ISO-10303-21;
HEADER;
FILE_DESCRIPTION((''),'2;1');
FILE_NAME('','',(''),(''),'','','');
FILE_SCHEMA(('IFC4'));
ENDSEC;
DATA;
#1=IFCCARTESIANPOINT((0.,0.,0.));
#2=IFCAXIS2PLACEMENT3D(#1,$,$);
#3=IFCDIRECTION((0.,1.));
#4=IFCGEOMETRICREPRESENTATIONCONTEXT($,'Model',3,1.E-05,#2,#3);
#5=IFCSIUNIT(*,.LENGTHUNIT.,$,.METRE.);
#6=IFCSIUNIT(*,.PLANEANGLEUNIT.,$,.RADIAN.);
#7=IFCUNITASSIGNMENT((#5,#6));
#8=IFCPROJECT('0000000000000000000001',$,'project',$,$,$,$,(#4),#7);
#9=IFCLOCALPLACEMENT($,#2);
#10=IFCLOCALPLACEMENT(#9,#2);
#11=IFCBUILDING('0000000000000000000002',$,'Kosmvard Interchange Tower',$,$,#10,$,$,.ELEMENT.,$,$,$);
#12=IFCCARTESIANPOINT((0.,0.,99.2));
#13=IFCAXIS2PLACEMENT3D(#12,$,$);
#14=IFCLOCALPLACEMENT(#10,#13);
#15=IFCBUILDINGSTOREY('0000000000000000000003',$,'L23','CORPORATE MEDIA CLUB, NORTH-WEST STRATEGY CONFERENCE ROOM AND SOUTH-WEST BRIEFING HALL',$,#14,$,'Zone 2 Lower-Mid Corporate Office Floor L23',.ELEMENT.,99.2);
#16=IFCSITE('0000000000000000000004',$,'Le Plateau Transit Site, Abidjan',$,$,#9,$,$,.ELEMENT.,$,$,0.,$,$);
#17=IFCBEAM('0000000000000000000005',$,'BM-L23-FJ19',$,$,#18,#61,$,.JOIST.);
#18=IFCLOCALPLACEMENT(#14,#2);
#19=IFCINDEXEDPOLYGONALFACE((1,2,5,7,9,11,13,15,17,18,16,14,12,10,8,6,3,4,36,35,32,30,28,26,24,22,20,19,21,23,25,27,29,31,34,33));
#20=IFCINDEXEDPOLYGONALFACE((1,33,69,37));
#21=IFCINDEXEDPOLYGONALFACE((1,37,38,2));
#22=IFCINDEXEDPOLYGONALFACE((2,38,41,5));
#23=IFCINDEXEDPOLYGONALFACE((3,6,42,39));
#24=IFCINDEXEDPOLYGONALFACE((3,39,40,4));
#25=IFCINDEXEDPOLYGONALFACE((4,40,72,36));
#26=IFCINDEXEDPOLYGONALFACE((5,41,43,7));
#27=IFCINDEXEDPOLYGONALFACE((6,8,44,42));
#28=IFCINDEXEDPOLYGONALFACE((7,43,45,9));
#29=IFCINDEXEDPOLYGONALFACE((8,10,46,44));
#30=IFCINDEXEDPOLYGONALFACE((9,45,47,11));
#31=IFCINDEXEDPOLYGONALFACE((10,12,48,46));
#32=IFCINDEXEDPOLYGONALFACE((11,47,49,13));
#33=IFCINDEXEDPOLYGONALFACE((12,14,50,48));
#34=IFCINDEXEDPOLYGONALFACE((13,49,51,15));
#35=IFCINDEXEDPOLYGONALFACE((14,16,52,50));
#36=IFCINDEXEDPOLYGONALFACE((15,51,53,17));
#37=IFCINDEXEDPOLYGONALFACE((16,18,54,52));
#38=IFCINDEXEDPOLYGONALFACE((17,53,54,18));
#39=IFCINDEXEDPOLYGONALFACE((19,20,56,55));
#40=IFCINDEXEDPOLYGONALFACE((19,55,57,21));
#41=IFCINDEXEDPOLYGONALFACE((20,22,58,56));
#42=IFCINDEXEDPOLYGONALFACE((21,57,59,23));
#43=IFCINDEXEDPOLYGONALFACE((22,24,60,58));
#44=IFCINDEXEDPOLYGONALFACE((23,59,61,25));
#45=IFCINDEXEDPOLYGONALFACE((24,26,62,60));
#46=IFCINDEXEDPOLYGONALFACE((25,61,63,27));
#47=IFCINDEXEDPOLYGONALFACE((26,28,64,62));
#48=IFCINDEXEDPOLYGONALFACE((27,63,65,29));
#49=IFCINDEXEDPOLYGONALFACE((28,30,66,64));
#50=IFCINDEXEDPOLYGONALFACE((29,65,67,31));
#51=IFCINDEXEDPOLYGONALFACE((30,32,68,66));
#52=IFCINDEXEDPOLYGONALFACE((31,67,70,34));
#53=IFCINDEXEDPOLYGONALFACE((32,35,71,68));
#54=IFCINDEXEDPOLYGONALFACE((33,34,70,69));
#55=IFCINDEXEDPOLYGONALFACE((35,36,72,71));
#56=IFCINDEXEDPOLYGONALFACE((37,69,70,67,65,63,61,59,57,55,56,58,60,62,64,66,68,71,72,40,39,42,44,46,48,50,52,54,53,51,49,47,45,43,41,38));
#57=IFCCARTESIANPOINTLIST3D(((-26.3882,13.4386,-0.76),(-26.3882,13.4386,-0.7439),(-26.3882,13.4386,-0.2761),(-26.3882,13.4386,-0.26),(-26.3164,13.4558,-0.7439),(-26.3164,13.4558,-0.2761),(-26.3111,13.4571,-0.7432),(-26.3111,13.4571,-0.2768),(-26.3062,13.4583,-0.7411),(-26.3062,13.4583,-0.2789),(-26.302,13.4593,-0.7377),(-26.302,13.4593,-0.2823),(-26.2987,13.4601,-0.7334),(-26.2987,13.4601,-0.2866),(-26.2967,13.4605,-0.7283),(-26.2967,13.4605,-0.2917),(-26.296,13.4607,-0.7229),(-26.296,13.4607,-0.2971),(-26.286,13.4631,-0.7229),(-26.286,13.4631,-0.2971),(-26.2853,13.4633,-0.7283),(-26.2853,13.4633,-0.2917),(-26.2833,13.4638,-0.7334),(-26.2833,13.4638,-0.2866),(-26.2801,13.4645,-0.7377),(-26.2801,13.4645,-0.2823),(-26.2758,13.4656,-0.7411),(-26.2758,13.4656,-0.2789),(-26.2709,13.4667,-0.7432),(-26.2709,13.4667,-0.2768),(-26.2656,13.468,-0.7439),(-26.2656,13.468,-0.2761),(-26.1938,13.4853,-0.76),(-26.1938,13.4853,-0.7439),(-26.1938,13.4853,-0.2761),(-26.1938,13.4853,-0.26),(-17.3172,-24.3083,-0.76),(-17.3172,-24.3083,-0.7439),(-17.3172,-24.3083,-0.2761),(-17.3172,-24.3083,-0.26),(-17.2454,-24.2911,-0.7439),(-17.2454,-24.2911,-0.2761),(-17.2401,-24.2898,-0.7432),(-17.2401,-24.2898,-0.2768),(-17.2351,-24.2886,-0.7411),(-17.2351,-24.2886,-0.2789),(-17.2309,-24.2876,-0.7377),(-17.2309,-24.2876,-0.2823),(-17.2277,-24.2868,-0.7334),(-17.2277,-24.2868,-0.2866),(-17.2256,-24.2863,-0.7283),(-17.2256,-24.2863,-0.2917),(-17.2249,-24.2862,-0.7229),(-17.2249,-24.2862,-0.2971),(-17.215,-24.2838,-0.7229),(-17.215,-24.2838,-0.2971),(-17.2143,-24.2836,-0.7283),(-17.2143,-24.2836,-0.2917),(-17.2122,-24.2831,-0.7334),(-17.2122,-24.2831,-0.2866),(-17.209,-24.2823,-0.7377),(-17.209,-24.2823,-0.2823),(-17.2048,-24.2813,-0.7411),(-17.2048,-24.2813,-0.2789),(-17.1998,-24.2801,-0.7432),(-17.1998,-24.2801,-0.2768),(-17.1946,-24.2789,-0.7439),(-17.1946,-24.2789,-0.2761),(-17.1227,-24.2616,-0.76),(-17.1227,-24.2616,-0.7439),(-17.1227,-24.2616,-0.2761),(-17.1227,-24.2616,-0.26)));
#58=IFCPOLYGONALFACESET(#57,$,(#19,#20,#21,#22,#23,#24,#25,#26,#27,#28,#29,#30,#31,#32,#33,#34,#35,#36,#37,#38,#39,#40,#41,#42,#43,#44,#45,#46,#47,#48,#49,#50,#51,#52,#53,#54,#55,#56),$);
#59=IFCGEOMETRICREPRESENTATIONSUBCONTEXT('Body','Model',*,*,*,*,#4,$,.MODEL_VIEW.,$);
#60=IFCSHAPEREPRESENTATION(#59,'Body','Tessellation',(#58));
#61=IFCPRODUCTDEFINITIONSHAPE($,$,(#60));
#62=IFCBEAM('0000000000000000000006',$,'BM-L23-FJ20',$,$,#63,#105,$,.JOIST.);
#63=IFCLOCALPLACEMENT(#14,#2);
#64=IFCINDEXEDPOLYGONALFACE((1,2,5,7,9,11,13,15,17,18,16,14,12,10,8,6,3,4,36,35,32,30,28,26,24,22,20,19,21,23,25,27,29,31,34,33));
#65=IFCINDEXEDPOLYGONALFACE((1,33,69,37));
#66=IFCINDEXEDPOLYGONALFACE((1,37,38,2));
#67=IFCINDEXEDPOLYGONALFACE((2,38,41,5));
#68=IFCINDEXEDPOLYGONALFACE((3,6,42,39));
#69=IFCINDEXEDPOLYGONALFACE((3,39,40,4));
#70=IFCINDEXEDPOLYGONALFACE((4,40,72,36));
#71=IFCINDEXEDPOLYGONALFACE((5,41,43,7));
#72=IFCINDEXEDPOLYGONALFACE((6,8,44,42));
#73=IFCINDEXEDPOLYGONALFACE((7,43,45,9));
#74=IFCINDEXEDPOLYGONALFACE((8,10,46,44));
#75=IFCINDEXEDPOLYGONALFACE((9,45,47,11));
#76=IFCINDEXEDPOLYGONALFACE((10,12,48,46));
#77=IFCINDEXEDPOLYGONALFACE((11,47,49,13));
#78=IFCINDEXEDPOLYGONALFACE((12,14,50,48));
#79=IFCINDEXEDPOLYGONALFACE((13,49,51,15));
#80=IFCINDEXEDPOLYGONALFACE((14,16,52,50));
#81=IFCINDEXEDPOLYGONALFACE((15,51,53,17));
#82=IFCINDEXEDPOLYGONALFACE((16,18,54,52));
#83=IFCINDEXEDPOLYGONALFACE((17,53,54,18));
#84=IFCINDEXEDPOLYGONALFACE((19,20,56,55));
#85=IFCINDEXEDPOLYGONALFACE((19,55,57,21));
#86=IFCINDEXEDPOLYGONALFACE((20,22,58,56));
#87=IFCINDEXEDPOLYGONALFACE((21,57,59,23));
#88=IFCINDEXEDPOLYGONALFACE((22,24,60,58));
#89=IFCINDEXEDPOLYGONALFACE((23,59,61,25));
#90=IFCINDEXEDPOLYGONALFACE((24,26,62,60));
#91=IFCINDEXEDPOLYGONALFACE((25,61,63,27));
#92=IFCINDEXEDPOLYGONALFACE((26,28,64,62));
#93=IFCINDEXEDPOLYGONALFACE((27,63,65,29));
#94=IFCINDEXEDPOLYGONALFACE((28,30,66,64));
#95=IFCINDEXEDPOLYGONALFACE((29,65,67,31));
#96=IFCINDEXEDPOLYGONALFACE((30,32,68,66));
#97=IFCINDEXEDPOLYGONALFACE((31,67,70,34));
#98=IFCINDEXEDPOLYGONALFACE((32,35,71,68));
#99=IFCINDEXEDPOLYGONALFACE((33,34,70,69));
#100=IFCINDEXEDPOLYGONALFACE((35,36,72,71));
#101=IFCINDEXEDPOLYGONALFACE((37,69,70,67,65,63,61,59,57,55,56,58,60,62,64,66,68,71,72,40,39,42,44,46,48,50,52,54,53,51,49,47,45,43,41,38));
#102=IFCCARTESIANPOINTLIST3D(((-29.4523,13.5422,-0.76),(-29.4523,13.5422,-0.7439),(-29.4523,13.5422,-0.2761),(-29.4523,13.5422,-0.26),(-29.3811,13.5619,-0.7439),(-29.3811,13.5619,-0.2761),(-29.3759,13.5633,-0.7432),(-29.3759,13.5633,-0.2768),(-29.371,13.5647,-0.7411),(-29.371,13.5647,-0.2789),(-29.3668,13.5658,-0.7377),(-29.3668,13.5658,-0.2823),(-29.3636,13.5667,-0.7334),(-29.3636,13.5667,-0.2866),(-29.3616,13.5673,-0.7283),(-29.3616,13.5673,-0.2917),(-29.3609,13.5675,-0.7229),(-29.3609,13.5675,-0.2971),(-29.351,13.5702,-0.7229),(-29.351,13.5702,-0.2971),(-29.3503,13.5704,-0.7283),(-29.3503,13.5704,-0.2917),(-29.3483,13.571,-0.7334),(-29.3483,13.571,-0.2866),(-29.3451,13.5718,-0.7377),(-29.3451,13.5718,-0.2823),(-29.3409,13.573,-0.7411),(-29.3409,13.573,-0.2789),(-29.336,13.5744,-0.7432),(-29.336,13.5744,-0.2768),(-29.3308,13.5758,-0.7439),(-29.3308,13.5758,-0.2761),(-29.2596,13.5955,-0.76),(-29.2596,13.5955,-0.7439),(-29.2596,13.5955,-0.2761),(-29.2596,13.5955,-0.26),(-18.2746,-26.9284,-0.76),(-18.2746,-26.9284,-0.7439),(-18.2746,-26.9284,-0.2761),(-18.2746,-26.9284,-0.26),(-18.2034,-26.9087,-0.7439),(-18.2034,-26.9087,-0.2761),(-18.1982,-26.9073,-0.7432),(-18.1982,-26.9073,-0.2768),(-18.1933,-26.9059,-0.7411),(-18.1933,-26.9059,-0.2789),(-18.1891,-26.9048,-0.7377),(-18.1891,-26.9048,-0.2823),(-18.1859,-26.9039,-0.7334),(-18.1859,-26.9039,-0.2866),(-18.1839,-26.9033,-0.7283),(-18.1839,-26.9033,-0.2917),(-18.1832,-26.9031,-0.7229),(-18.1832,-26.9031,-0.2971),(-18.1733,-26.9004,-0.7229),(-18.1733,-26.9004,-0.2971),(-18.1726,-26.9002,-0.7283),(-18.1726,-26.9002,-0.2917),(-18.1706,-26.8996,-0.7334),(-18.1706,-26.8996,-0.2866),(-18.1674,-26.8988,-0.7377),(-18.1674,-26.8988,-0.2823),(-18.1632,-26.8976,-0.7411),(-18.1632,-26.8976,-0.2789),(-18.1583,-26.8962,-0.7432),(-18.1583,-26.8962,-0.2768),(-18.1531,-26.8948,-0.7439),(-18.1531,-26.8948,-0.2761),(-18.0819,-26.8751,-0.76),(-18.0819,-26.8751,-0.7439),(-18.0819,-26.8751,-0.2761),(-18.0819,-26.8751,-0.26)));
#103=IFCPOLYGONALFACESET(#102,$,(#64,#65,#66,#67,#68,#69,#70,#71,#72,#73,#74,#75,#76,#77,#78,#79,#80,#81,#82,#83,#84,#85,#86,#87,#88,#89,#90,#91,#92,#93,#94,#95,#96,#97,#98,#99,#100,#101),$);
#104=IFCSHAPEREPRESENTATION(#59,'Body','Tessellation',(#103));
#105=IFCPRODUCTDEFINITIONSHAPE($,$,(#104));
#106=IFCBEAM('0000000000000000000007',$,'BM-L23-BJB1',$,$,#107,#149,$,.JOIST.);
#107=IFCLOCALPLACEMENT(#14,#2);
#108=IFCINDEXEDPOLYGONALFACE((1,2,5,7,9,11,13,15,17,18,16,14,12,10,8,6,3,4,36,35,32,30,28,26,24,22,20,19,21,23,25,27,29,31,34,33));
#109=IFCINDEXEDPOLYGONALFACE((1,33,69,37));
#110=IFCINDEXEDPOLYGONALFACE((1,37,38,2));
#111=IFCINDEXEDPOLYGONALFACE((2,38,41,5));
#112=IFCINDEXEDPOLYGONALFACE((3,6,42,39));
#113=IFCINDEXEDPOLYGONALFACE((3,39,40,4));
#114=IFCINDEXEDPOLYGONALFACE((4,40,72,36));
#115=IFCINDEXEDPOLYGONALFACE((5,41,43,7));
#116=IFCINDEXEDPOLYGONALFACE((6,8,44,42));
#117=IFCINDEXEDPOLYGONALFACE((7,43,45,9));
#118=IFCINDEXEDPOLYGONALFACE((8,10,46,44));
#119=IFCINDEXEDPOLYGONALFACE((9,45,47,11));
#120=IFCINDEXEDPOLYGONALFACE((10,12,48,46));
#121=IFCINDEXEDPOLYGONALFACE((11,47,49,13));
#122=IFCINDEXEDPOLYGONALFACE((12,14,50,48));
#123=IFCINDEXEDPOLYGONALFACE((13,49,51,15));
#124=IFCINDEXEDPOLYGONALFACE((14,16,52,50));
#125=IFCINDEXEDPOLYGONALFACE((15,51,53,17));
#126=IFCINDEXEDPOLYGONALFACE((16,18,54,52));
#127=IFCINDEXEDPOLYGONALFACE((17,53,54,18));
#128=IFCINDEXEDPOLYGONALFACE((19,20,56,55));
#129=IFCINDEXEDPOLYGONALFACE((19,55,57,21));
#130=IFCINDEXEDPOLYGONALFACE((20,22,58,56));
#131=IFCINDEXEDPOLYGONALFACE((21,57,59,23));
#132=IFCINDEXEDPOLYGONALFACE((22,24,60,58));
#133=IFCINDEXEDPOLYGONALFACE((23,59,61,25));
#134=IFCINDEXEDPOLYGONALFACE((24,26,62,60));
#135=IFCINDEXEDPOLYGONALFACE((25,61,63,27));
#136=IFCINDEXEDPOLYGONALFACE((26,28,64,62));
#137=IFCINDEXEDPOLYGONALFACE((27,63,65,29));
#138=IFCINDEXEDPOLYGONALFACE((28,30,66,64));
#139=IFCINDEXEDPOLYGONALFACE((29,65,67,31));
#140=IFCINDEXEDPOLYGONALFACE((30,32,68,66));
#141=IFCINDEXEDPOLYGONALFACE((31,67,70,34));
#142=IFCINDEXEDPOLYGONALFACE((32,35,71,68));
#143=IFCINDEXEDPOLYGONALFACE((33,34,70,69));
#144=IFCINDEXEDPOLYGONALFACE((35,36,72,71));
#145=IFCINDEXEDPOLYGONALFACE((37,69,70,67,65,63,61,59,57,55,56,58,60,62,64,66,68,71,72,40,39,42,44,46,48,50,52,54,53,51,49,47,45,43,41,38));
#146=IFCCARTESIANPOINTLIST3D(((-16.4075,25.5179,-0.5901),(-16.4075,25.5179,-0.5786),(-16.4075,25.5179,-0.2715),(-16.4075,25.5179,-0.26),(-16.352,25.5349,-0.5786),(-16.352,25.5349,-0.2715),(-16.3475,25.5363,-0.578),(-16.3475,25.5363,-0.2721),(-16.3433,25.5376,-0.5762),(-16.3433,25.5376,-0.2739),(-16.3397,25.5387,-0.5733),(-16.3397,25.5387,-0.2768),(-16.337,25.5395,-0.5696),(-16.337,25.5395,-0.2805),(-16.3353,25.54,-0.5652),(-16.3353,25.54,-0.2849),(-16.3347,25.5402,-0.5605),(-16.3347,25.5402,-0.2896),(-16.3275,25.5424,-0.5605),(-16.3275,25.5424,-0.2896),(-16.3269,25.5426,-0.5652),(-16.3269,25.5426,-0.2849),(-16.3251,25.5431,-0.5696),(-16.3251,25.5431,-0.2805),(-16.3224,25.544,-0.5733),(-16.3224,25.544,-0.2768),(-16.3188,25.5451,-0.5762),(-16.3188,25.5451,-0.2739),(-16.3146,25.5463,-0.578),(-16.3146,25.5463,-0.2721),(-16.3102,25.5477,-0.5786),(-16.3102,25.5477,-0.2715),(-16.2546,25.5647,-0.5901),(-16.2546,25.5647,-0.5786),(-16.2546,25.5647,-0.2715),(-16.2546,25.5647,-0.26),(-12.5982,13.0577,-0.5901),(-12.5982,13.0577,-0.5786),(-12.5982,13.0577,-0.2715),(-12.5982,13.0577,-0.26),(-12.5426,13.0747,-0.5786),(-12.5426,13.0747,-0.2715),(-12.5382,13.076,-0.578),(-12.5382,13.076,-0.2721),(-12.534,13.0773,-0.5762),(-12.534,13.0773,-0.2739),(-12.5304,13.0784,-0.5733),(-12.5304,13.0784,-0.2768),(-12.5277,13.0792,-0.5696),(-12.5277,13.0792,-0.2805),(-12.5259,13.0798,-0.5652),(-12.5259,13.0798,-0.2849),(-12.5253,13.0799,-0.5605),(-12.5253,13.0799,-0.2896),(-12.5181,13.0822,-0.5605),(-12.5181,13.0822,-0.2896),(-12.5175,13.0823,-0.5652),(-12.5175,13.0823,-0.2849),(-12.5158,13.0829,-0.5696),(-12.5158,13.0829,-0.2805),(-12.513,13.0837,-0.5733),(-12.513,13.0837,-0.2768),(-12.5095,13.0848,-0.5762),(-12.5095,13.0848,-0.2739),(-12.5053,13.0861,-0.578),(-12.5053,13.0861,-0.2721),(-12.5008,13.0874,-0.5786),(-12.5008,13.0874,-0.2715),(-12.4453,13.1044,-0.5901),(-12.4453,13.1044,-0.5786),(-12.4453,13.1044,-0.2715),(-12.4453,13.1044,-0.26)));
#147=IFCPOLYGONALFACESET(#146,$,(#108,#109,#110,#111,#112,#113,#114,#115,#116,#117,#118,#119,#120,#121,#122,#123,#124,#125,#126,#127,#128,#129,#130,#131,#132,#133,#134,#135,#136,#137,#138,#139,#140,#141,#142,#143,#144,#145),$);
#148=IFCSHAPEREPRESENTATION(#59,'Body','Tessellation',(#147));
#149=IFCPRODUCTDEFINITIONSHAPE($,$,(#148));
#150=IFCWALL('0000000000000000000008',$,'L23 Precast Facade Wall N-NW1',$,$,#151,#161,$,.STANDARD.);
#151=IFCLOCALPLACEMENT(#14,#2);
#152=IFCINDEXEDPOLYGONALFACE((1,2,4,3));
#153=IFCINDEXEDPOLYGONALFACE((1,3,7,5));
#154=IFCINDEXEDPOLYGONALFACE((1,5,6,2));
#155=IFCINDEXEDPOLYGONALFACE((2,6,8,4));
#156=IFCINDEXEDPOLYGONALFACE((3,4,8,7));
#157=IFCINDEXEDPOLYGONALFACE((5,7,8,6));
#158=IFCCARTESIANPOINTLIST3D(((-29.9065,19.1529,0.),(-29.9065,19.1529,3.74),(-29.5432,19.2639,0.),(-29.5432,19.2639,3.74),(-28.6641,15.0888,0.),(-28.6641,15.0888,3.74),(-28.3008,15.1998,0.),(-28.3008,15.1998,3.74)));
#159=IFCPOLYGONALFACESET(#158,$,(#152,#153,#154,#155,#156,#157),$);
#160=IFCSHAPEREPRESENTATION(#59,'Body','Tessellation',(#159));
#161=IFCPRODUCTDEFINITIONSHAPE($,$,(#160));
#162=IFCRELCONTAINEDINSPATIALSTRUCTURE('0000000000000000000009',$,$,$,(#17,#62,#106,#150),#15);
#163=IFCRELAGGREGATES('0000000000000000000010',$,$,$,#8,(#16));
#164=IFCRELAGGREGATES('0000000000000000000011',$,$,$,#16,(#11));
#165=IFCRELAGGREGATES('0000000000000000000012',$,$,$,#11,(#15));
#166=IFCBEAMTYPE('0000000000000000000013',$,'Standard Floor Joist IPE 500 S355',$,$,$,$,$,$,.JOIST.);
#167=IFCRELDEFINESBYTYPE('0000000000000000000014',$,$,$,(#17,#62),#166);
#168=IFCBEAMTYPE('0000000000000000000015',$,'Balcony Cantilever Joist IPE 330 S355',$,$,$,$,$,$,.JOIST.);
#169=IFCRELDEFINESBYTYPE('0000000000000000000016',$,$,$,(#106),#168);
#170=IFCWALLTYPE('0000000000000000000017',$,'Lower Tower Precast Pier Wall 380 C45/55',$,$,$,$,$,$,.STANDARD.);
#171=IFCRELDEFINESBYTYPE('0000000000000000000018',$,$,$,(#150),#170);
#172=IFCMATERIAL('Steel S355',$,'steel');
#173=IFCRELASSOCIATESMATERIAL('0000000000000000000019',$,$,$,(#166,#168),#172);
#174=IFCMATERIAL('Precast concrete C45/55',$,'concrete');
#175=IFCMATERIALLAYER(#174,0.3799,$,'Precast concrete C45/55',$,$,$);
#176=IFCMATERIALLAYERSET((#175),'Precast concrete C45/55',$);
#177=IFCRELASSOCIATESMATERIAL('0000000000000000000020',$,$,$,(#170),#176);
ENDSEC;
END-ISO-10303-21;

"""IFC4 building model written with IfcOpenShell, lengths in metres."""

from ifc_helpers import new_model, si_unit, direction, frame, frame_2d, origin, origin_2d, place, context, subcontext, project, spatial, rectangle, i_section, extrude, source, transform, mapped, material, layer, layer_set, material_profile, profile_set, type_object, element, save


model = new_model("IFC4")

# Units and contexts
model_context = context("Model", 3, precision=1e-05, world=origin(), true_north=direction((0.0, 1.0)))
body_context = subcontext(model_context, "Body", "Model", "MODEL_VIEW")
ifc_project = project(units=[si_unit("LENGTHUNIT", "METRE"), si_unit("PLANEANGLEUNIT", "RADIAN")], contexts=[model_context])

# Site, building, storey
site_placement = place(None, origin())
site = spatial("IfcSite", under=ifc_project, at=site_placement, Name="Le Plateau Transit Site, Abidjan", CompositionType="ELEMENT", RefElevation=0.0)
building_placement = place(site_placement, origin())
building = spatial("IfcBuilding", under=site, at=building_placement, Name="Kosmvard Interchange Tower", CompositionType="ELEMENT")
storey_placement = place(building_placement, frame((0.0, 0.0, 99.2)))
storey = spatial("IfcBuildingStorey", under=building, at=storey_placement, Name="L23", Description="CORPORATE MEDIA CLUB, NORTH-WEST STRATEGY CONFERENCE ROOM AND SOUTH-WEST BRIEFING HALL", LongName="Zone 2 Lower-Mid Corporate Office Floor L23", CompositionType="ELEMENT", Elevation=99.2)

# Beams
ifc_material_1 = material(Name="Steel S355", Category="steel")
ifc_material_2 = material(Name="Precast concrete C45/55", Category="concrete")
ifc_material_profile_1 = material_profile(ifc_material_1, i_section(OverallWidth=0.2, OverallDepth=0.5, WebThickness=0.0103, FlangeThickness=0.0161, FilletRadius=0.021, at=origin_2d()), Name="IPE 500")
ifc_profile_set_1 = profile_set([ifc_material_profile_1], Name="Steel S355")
beam_type_1 = type_object("IfcBeamType", Name="Standard Floor Joist IPE 500 S355", PredefinedType="JOIST", material=ifc_profile_set_1)
shared_shape_1 = source(origin(), body_context, "Body", "SweptSolid", [
    extrude(i_section(OverallWidth=0.2, OverallDepth=0.5, WebThickness=0.0103, FlangeThickness=0.0161, FilletRadius=0.021, at=origin_2d()), origin(), (0.0, 0.0, 1.0), 38.8215),
])
beam_1_placement = place(storey_placement, frame((-26.291, 13.4619, -0.51), z_axis=(0.233661, -0.972318, 0.0), x_axis=(0.972318, 0.233661, 0.0)))
element("IfcBeam", 1, at=beam_1_placement, inside=storey, type_object=beam_type_1, Name="BM-L23-FJ19", PredefinedType="JOIST", context=body_context, shape_type="MappedRepresentation", body=[
    mapped(shared_shape_1, transform((0.0, 0.0, 0.0), scale=1.0)),
])
shared_shape_2 = source(origin(), body_context, "Body", "SweptSolid", [
    extrude(i_section(OverallWidth=0.2, OverallDepth=0.5, WebThickness=0.0103, FlangeThickness=0.0161, FilletRadius=0.021, at=origin_2d()), origin(), (0.0, 0.0, 1.0), 41.9858),
])
beam_2_placement = place(storey_placement, frame((-29.356, 13.5688, -0.51), z_axis=(0.266226, -0.963911, 0.0), x_axis=(0.963911, 0.266226, 0.0)))
element("IfcBeam", 2, at=beam_2_placement, inside=storey, type_object=beam_type_1, Name="BM-L23-FJ20", PredefinedType="JOIST", context=body_context, shape_type="MappedRepresentation", body=[
    mapped(shared_shape_2, transform((0.0, 0.0, 0.0), scale=1.0)),
])
ifc_material_profile_2 = material_profile(ifc_material_1, i_section(OverallWidth=0.1599, OverallDepth=0.3301, WebThickness=0.0076, FlangeThickness=0.0115, FilletRadius=0.0181, at=origin_2d()), Name="IPE 330")
ifc_profile_set_2 = profile_set([ifc_material_profile_2], Name="Steel S355")
beam_type_2 = type_object("IfcBeamType", Name="Balcony Cantilever Joist IPE 330 S355", PredefinedType="JOIST", material=ifc_profile_set_2)
shared_shape_3 = source(origin(), body_context, "Body", "SweptSolid", [
    extrude(i_section(OverallWidth=0.1599, OverallDepth=0.3301, WebThickness=0.0076, FlangeThickness=0.0115, FilletRadius=0.0181, at=origin_2d()), origin(), (0.0, 0.0, 1.0), 13.0295),
])
beam_3_placement = place(storey_placement, frame((-12.5217, 13.0811, -0.425), z_axis=(-0.292362, 0.956308, 0.0), x_axis=(-0.956308, -0.292362, 0.0)))
element("IfcBeam", 3, at=beam_3_placement, inside=storey, type_object=beam_type_2, Name="BM-L23-BJB1", PredefinedType="JOIST", context=body_context, shape_type="MappedRepresentation", body=[
    mapped(shared_shape_3, transform((0.0, 0.0, 0.0), scale=1.0)),
])

# Wall
ifc_layer_1 = layer(ifc_material_2, 0.3799, Name="Precast concrete C45/55")
ifc_layer_set_1 = layer_set([ifc_layer_1], Name="Precast concrete C45/55")
wall_type = type_object("IfcWallType", Name="Lower Tower Precast Pier Wall 380 C45/55", PredefinedType="STANDARD", material=ifc_layer_set_1)
wall_1_placement = place(storey_placement, frame((-29.7249, 19.2085, 0.0), z_axis=(0.0, 0.0, 1.0), x_axis=(0.292346, -0.956313, 0.0)))
element("IfcWall", 4, at=wall_1_placement, inside=storey, type_object=wall_type, Name="L23 Precast Facade Wall N-NW1", PredefinedType="STANDARD", context=body_context, shape_type="SweptSolid", body=[
    extrude(rectangle(XDim=4.2498, YDim=0.3799, at=frame_2d((2.125, 0.0))), origin(), (0.0, 0.0, 1.0), 3.74),
])

save(model, "model.ifc")
